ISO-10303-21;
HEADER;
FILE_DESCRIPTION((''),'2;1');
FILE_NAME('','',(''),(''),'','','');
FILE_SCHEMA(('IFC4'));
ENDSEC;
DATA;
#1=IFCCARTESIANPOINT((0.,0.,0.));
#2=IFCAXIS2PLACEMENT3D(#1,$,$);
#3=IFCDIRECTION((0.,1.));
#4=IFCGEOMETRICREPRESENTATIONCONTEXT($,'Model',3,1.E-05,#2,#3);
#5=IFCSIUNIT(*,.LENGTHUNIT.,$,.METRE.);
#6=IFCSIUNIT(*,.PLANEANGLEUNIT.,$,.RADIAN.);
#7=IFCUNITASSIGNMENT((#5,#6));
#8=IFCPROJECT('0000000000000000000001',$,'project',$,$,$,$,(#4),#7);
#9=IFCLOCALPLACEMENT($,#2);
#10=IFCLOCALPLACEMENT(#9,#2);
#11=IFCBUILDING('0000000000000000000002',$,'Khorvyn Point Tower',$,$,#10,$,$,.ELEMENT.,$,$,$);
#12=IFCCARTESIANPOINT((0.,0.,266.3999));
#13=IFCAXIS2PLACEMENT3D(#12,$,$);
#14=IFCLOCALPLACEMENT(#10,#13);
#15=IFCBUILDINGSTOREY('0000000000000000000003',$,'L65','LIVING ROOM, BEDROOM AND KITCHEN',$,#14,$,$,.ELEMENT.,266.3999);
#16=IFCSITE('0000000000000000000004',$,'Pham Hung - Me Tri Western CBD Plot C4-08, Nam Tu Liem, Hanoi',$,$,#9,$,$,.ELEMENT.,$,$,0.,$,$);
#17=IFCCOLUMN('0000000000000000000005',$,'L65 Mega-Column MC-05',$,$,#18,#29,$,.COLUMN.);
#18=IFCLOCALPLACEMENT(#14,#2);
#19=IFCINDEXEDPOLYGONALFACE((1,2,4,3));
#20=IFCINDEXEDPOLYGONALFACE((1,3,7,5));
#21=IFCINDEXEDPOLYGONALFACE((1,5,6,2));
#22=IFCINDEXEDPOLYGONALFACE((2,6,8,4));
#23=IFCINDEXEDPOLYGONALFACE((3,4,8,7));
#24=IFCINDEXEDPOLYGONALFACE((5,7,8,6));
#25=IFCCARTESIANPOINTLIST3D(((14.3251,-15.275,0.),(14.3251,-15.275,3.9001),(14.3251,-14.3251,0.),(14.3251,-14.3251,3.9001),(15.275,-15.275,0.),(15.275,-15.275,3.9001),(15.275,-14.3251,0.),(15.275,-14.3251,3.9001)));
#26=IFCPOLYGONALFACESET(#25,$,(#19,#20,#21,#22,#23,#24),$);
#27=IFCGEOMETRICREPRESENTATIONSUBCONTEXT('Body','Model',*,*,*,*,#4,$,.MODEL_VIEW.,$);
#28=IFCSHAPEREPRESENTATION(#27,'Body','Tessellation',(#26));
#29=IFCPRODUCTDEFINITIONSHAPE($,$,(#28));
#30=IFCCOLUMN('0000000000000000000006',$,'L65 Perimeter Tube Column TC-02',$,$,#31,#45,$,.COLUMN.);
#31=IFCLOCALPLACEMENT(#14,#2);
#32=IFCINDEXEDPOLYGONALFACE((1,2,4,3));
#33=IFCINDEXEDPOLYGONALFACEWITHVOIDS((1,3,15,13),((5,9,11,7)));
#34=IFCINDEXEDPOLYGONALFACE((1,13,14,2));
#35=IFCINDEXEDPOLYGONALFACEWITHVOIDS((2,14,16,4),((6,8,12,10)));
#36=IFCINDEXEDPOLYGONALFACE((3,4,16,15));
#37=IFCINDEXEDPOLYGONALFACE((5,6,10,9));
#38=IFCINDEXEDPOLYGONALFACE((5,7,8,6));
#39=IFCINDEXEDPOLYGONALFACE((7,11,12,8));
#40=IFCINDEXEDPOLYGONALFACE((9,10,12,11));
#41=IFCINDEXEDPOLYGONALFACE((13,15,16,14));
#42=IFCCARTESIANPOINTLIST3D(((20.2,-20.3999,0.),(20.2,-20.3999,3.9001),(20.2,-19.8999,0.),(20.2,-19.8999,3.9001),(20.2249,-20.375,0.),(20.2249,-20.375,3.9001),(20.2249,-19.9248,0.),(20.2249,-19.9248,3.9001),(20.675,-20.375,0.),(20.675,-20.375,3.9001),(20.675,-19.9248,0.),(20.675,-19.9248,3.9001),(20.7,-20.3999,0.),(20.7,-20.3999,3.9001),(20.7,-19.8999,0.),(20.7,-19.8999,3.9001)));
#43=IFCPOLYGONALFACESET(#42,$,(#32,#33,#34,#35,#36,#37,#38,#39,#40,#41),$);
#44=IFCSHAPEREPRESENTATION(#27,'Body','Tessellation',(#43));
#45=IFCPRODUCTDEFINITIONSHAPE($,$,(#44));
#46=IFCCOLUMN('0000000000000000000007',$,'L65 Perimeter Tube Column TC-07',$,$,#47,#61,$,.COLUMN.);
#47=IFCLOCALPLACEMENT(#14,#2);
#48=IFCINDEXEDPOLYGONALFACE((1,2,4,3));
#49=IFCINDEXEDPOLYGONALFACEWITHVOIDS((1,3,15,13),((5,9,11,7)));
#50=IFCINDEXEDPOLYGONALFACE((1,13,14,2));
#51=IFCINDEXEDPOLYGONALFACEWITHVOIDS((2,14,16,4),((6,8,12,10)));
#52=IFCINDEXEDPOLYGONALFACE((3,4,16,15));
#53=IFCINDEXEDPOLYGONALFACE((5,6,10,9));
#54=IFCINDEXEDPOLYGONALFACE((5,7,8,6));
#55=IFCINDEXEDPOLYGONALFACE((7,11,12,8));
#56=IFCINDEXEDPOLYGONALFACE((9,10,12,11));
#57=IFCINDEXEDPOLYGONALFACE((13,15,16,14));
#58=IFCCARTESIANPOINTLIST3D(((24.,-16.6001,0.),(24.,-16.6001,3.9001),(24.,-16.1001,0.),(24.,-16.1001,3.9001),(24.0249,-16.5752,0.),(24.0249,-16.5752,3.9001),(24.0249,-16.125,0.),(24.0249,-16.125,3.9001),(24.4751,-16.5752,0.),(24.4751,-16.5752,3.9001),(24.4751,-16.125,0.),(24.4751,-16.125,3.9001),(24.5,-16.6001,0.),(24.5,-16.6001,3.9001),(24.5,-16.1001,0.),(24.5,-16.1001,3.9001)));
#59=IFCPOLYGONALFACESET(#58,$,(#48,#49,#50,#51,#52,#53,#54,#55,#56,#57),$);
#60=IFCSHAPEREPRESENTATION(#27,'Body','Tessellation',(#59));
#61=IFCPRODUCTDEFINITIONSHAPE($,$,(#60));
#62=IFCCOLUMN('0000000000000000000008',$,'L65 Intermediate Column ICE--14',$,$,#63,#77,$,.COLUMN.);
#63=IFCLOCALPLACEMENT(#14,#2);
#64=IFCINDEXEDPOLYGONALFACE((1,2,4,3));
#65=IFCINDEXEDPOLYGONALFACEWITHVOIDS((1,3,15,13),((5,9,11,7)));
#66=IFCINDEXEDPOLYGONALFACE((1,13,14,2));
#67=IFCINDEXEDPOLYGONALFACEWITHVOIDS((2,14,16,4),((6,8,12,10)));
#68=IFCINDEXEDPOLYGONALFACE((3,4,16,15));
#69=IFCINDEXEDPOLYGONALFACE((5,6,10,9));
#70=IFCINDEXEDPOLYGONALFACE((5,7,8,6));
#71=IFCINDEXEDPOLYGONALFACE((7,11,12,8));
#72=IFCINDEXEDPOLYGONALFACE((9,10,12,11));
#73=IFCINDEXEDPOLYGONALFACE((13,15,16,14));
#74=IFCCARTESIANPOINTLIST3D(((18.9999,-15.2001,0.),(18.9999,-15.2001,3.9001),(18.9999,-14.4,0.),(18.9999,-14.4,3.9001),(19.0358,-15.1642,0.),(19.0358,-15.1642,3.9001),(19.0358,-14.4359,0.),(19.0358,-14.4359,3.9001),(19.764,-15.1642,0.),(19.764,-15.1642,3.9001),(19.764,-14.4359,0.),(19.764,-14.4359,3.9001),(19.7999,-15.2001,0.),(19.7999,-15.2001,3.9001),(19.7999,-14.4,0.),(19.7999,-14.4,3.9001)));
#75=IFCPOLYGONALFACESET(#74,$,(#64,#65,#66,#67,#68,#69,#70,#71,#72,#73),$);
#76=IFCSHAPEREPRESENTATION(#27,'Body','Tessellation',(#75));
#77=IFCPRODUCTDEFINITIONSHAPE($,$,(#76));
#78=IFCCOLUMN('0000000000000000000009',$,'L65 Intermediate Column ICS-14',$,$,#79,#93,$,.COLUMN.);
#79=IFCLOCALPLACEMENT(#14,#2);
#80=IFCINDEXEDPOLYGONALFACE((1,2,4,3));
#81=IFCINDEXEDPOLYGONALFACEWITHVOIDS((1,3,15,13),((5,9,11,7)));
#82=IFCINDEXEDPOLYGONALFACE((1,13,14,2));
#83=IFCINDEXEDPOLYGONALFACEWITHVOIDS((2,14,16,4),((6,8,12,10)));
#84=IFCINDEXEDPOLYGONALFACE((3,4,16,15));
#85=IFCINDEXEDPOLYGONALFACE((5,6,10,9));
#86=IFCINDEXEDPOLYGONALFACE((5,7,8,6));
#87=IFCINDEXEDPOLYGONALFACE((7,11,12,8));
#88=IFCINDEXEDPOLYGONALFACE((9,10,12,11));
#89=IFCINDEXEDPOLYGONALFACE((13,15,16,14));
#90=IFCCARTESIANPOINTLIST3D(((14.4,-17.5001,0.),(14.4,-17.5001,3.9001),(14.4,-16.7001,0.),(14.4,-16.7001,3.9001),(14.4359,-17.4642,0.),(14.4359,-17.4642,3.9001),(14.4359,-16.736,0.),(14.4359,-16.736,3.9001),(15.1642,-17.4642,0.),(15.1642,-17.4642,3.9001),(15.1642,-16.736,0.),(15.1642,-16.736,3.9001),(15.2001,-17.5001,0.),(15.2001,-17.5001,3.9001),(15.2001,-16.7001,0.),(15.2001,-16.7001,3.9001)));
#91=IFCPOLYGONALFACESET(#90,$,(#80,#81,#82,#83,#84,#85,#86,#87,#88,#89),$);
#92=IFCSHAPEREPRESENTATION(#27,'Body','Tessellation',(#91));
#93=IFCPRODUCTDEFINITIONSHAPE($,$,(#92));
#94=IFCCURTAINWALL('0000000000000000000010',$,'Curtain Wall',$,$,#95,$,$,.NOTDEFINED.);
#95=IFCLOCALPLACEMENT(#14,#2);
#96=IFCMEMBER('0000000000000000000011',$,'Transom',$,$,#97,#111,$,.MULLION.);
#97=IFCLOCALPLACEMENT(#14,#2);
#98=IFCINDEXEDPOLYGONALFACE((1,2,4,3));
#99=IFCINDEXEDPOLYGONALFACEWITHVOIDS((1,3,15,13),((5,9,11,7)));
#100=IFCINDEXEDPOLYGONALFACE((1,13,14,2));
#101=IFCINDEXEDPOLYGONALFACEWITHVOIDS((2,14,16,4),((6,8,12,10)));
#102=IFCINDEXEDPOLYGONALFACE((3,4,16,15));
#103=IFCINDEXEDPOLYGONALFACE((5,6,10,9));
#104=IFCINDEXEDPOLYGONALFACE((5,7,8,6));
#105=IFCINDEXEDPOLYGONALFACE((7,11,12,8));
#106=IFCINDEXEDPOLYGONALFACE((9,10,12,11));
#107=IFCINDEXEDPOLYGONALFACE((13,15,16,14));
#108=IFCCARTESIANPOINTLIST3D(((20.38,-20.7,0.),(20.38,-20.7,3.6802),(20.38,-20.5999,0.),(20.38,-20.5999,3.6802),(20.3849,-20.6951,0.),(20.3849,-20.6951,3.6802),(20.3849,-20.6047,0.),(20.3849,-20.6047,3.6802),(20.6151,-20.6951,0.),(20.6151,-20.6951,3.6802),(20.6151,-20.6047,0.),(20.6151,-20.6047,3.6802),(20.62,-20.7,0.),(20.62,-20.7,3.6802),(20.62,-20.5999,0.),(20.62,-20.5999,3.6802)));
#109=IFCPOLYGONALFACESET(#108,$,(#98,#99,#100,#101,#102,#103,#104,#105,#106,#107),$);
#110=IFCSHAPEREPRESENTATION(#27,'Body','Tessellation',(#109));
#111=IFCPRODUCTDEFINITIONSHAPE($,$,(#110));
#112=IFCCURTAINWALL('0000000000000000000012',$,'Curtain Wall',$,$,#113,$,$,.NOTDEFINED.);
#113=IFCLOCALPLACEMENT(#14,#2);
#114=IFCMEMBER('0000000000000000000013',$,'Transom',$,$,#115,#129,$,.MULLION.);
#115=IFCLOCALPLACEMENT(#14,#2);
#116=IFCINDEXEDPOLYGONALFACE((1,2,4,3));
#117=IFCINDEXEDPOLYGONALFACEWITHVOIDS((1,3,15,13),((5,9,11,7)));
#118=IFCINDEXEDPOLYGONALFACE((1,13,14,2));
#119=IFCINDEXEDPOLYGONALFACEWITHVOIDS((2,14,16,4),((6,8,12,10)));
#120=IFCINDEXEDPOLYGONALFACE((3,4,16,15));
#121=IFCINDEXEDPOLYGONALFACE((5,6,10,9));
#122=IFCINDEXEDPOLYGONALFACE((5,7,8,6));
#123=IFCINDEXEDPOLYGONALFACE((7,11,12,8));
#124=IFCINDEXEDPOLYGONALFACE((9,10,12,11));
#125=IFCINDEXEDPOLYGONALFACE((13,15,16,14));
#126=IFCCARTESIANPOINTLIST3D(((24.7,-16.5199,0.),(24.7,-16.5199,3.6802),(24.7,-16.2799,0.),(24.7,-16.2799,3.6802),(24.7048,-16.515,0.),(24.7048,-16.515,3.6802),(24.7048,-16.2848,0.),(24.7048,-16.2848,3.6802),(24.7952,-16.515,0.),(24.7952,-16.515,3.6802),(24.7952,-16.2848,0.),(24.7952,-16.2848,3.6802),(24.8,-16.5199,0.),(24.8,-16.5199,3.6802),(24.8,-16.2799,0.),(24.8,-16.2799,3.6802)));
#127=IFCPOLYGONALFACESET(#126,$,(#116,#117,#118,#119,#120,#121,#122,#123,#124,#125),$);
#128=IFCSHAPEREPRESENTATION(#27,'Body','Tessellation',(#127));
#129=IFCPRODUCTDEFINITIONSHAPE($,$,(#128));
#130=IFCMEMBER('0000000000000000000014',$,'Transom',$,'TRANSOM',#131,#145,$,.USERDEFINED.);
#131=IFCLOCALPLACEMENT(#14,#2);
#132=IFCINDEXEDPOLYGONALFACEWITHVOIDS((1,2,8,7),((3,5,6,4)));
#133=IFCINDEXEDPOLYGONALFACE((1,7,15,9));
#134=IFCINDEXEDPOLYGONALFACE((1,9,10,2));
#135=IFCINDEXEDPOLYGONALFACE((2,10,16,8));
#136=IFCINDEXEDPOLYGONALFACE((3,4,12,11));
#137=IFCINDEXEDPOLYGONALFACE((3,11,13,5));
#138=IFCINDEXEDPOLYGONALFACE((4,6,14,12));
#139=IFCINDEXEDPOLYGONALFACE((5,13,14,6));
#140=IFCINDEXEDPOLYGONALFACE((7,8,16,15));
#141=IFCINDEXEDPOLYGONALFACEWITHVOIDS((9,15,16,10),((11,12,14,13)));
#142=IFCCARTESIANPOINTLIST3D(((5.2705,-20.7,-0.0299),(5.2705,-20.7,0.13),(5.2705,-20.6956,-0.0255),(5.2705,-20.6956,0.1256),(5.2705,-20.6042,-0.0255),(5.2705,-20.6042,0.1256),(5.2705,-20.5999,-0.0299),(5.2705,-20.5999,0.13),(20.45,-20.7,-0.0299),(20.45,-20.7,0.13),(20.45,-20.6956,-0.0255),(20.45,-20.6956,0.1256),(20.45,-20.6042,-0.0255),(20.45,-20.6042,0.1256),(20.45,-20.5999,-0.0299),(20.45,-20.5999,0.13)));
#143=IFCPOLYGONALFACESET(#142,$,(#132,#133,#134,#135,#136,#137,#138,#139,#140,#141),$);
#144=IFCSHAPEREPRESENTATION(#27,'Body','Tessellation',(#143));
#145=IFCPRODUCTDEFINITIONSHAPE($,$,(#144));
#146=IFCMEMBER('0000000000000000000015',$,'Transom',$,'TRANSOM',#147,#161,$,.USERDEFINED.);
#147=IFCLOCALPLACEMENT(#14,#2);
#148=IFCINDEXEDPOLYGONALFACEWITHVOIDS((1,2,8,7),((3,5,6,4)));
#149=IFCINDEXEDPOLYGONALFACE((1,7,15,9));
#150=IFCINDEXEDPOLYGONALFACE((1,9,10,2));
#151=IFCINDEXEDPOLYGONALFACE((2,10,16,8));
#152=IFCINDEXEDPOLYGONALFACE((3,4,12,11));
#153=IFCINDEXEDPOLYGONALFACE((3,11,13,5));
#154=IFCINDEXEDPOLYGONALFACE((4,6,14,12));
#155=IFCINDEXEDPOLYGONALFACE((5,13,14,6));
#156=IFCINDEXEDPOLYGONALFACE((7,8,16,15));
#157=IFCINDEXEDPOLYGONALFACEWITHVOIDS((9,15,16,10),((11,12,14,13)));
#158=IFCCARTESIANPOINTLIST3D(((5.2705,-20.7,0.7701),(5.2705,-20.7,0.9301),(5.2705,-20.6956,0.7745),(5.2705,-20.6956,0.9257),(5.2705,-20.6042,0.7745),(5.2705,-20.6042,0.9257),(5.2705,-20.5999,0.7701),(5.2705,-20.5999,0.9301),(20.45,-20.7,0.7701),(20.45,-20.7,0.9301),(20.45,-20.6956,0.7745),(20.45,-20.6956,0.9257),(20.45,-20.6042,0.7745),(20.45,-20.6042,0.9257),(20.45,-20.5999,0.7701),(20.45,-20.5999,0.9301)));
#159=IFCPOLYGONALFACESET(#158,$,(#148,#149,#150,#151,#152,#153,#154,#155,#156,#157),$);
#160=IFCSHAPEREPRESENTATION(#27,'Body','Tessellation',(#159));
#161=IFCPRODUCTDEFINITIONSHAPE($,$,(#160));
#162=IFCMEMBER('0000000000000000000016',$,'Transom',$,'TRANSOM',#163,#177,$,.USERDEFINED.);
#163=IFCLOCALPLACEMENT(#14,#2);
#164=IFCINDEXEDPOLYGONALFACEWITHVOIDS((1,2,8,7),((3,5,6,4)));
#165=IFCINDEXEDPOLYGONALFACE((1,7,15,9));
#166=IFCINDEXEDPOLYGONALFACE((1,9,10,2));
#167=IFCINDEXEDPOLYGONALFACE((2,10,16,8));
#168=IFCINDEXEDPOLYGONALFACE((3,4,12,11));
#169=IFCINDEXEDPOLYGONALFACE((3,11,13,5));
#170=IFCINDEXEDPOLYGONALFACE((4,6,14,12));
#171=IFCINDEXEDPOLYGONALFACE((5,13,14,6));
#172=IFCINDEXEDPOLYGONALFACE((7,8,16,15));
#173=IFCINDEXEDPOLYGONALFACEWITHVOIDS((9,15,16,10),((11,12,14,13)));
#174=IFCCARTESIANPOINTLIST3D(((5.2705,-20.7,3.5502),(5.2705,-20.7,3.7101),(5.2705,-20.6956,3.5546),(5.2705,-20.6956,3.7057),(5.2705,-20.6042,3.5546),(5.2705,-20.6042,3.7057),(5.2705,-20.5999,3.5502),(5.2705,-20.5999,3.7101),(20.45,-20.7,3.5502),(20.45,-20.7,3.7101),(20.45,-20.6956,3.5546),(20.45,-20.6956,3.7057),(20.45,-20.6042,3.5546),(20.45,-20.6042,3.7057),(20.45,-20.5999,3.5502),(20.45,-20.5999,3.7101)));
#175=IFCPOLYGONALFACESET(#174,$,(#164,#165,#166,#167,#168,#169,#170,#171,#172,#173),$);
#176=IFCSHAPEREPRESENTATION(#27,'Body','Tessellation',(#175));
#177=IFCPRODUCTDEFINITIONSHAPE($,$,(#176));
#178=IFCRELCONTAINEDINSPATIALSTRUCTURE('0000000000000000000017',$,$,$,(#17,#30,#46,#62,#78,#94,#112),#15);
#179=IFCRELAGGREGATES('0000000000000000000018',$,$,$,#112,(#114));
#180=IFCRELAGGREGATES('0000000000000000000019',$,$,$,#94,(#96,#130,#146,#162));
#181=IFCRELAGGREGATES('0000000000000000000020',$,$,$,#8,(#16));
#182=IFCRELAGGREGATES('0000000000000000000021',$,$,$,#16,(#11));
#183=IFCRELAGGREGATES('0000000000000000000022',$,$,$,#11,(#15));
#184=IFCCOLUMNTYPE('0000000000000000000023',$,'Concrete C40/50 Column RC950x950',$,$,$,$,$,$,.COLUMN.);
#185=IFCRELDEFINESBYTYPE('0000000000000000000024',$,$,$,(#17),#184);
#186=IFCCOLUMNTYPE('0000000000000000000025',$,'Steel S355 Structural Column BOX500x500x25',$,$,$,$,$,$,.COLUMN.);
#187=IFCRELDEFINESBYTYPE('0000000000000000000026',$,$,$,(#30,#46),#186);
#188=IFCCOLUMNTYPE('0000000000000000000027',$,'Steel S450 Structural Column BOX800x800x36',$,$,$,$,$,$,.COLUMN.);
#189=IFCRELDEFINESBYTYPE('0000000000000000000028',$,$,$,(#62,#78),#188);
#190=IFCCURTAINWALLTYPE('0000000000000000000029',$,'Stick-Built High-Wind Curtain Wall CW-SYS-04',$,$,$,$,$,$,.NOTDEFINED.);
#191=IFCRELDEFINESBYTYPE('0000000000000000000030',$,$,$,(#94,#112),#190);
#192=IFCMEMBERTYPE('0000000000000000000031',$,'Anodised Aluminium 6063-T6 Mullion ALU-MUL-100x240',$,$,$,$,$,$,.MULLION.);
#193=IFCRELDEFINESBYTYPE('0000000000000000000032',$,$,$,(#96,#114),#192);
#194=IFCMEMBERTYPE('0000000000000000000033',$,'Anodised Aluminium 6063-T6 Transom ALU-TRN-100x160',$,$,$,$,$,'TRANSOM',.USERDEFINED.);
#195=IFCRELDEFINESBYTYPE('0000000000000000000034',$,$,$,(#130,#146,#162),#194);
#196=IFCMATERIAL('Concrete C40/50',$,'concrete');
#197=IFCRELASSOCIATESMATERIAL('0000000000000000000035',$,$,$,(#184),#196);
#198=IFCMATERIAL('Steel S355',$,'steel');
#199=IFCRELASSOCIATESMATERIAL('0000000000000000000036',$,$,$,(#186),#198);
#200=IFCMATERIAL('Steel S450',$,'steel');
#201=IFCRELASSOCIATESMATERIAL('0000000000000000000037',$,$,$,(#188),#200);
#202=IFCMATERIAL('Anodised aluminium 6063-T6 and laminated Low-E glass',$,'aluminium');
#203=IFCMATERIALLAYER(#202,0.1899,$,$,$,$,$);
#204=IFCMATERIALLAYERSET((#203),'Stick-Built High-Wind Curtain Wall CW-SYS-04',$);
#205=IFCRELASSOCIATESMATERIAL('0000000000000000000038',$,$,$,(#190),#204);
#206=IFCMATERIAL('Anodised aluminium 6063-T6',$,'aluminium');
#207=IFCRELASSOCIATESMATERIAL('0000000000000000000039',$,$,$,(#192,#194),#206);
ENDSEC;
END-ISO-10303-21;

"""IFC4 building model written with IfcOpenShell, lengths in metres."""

from ifc_helpers import new_model, si_unit, direction, frame, origin, origin_2d, place, context, subcontext, project, spatial, rectangle, hollow_rectangle, extrude, material, layer, layer_set, material_profile, profile_set, type_object, element, aggregate, save


model = new_model("IFC4")

# Units and contexts
model_context = context("Model", 3, precision=1e-05, world=origin(), true_north=direction((0.0, 1.0)))
body_context = subcontext(model_context, "Body", "Model", "MODEL_VIEW")
ifc_project = project(units=[si_unit("LENGTHUNIT", "METRE"), si_unit("PLANEANGLEUNIT", "RADIAN")], contexts=[model_context])

# Site, building, storey
site_placement = place(None, origin())
site = spatial("IfcSite", under=ifc_project, at=site_placement, Name="Pham Hung - Me Tri Western CBD Plot C4-08, Nam Tu Liem, Hanoi", CompositionType="ELEMENT", RefElevation=0.0)
building_placement = place(site_placement, origin())
building = spatial("IfcBuilding", under=site, at=building_placement, Name="Khorvyn Point Tower", CompositionType="ELEMENT")
storey_placement = place(building_placement, frame((0.0, 0.0, 266.3999)))
storey = spatial("IfcBuildingStorey", under=building, at=storey_placement, Name="L65", Description="LIVING ROOM, BEDROOM AND KITCHEN", CompositionType="ELEMENT", Elevation=266.3999)

# Columns
ifc_material_1 = material(Name="Concrete C40/50", Category="concrete")
ifc_material_profile_1 = material_profile(ifc_material_1, rectangle(XDim=0.95, YDim=0.95, at=origin_2d()))
ifc_profile_set_1 = profile_set([ifc_material_profile_1], Name="Concrete C40/50 RC950x950")
column_type_1 = type_object("IfcColumnType", Name="Concrete C40/50 Column RC950x950", PredefinedType="COLUMN", material=ifc_profile_set_1)
column_placement = place(storey_placement, frame((14.8, -14.8, 0.0), z_axis=(0.0, 0.0, 1.0), x_axis=(1.0, 0.0, 0.0)))
element("IfcColumn", 1, at=column_placement, inside=storey, type_object=column_type_1, Name="L65 Mega-Column MC-05", PredefinedType="COLUMN", context=body_context, shape_type="SweptSolid", body=[
    extrude(rectangle(XDim=0.95, YDim=0.95, at=origin_2d()), origin(), (0.0, 0.0, 1.0), 3.9001),
])
ifc_material_2 = material(Name="Steel S355", Category="steel")
ifc_material_profile_2 = material_profile(ifc_material_2, hollow_rectangle(XDim=0.5, YDim=0.5, WallThickness=0.0249, at=origin_2d()))
ifc_profile_set_2 = profile_set([ifc_material_profile_2], Name="Steel S355 BOX500x500x25")
column_type_2 = type_object("IfcColumnType", Name="Steel S355 Structural Column BOX500x500x25", PredefinedType="COLUMN", material=ifc_profile_set_2)
for number, where, z_axis, x_axis, name in (
    (2, (20.45, -20.1499, 0.0), (0.0, 0.0, 1.0), (1.0, 0.0, 0.0), "L65 Perimeter Tube Column TC-02"),
    (3, (24.25, -16.3501, 0.0), (0.0, 0.0, 1.0), (1.0, 0.0, 0.0), "L65 Perimeter Tube Column TC-07"),
):
    element("IfcColumn", number, at=place(storey_placement, frame(where, z_axis=z_axis, x_axis=x_axis)), inside=storey, type_object=column_type_2, Name=name, PredefinedType="COLUMN", context=body_context, shape_type="SweptSolid", body=[
        extrude(hollow_rectangle(XDim=0.5, YDim=0.5, WallThickness=0.0249, at=origin_2d()), origin(), (0.0, 0.0, 1.0), 3.9001),
    ])
ifc_material_3 = material(Name="Steel S450", Category="steel")
ifc_material_profile_3 = material_profile(ifc_material_3, hollow_rectangle(XDim=0.8, YDim=0.8, WallThickness=0.0359, at=origin_2d()))
ifc_profile_set_3 = profile_set([ifc_material_profile_3], Name="Steel S450 BOX800x800x36")
column_type_3 = type_object("IfcColumnType", Name="Steel S450 Structural Column BOX800x800x36", PredefinedType="COLUMN", material=ifc_profile_set_3)
for number, where, z_axis, x_axis, name in (
    (4, (19.3999, -14.8, 0.0), (0.0, 0.0, 1.0), (1.0, 0.0, 0.0), "L65 Intermediate Column ICE--14"),
    (5, (14.8, -17.1001, 0.0), (0.0, 0.0, 1.0), (1.0, 0.0, 0.0), "L65 Intermediate Column ICS-14"),
):
    element("IfcColumn", number, at=place(storey_placement, frame(where, z_axis=z_axis, x_axis=x_axis)), inside=storey, type_object=column_type_3, Name=name, PredefinedType="COLUMN", context=body_context, shape_type="SweptSolid", body=[
        extrude(hollow_rectangle(XDim=0.8, YDim=0.8, WallThickness=0.0359, at=origin_2d()), origin(), (0.0, 0.0, 1.0), 3.9001),
    ])

# Curtain walls, members
ifc_material_4 = material(Name="Anodised aluminium 6063-T6 and laminated Low-E glass", Category="aluminium")
ifc_layer_1 = layer(ifc_material_4, 0.1899)
ifc_layer_set_1 = layer_set([ifc_layer_1], Name="Stick-Built High-Wind Curtain Wall CW-SYS-04")
curtain_wall_type = type_object("IfcCurtainWallType", Name="Stick-Built High-Wind Curtain Wall CW-SYS-04", PredefinedType="NOTDEFINED", material=ifc_layer_set_1)
curtain_wall_1_placement = place(storey_placement, origin())
curtain_wall_1 = element("IfcCurtainWall", 6, at=curtain_wall_1_placement, inside=storey, type_object=curtain_wall_type, Name="Curtain Wall", PredefinedType="NOTDEFINED")
ifc_material_5 = material(Name="Anodised aluminium 6063-T6", Category="aluminium")
ifc_material_profile_4 = material_profile(ifc_material_5, hollow_rectangle(XDim=0.1001, YDim=0.24, WallThickness=0.0049, at=origin_2d()))
ifc_profile_set_4 = profile_set([ifc_material_profile_4], Name="Anodised aluminium 6063-T6 ALU-MUL-100x240")
member_type_1 = type_object("IfcMemberType", Name="Anodised Aluminium 6063-T6 Mullion ALU-MUL-100x240", PredefinedType="MULLION", material=ifc_profile_set_4)
member_1_placement = place(storey_placement, frame((20.5, -20.6499, 0.0), z_axis=(0.0, 0.0, 1.0), x_axis=(0.0, -1.0, 0.0)))
member_1 = element("IfcMember", 7, at=member_1_placement, type_object=member_type_1, Name="Transom", PredefinedType="MULLION", context=body_context, shape_type="SweptSolid", body=[
    extrude(hollow_rectangle(XDim=0.1001, YDim=0.24, WallThickness=0.0049, at=origin_2d()), origin(), (0.0, 0.0, 1.0), 3.6802),
])
curtain_wall_2_placement = place(storey_placement, origin())
curtain_wall_2 = element("IfcCurtainWall", 8, at=curtain_wall_2_placement, inside=storey, type_object=curtain_wall_type, Name="Curtain Wall", PredefinedType="NOTDEFINED")
member_2_placement = place(storey_placement, frame((24.75, -16.3999, 0.0), z_axis=(0.0, 0.0, 1.0), x_axis=(1.0, 0.0, 0.0)))
member_2 = element("IfcMember", 9, at=member_2_placement, type_object=member_type_1, Name="Transom", PredefinedType="MULLION", context=body_context, shape_type="SweptSolid", body=[
    extrude(hollow_rectangle(XDim=0.1001, YDim=0.24, WallThickness=0.0049, at=origin_2d()), origin(), (0.0, 0.0, 1.0), 3.6802),
])
aggregate(curtain_wall_2, [member_2])

# Members
ifc_material_profile_5 = material_profile(ifc_material_5, hollow_rectangle(XDim=0.1001, YDim=0.1599, WallThickness=0.0044, at=origin_2d()))
ifc_profile_set_5 = profile_set([ifc_material_profile_5], Name="Anodised aluminium 6063-T6 ALU-TRN-100x160")
member_type_2 = type_object("IfcMemberType", Name="Anodised Aluminium 6063-T6 Transom ALU-TRN-100x160", ElementType="TRANSOM", PredefinedType="USERDEFINED", material=ifc_profile_set_5)
member_3_placement = place(storey_placement, frame((20.45, -20.6499, 0.05), z_axis=(-1.0, 0.0, 0.0), x_axis=(0.0, -1.0, 0.0)))
member_3 = element("IfcMember", 10, at=member_3_placement, type_object=member_type_2, Name="Transom", ObjectType="TRANSOM", PredefinedType="USERDEFINED", context=body_context, shape_type="SweptSolid", body=[
    extrude(hollow_rectangle(XDim=0.1001, YDim=0.1599, WallThickness=0.0044, at=origin_2d()), origin(), (0.0, 0.0, 1.0), 15.1794),
])
member_4_placement = place(storey_placement, frame((20.45, -20.6499, 0.8501), z_axis=(-1.0, 0.0, 0.0), x_axis=(0.0, -1.0, 0.0)))
member_4 = element("IfcMember", 11, at=member_4_placement, type_object=member_type_2, Name="Transom", ObjectType="TRANSOM", PredefinedType="USERDEFINED", context=body_context, shape_type="SweptSolid", body=[
    extrude(hollow_rectangle(XDim=0.1001, YDim=0.1599, WallThickness=0.0044, at=origin_2d()), origin(), (0.0, 0.0, 1.0), 15.1794),
])
member_5_placement = place(storey_placement, frame((20.45, -20.6499, 3.6301), z_axis=(-1.0, 0.0, 0.0), x_axis=(0.0, -1.0, 0.0)))
member_5 = element("IfcMember", 12, at=member_5_placement, type_object=member_type_2, Name="Transom", ObjectType="TRANSOM", PredefinedType="USERDEFINED", context=body_context, shape_type="SweptSolid", body=[
    extrude(hollow_rectangle(XDim=0.1001, YDim=0.1599, WallThickness=0.0044, at=origin_2d()), origin(), (0.0, 0.0, 1.0), 15.1794),
])

aggregate(curtain_wall_1, [member_1, member_3, member_4, member_5])

save(model, "model.ifc")
